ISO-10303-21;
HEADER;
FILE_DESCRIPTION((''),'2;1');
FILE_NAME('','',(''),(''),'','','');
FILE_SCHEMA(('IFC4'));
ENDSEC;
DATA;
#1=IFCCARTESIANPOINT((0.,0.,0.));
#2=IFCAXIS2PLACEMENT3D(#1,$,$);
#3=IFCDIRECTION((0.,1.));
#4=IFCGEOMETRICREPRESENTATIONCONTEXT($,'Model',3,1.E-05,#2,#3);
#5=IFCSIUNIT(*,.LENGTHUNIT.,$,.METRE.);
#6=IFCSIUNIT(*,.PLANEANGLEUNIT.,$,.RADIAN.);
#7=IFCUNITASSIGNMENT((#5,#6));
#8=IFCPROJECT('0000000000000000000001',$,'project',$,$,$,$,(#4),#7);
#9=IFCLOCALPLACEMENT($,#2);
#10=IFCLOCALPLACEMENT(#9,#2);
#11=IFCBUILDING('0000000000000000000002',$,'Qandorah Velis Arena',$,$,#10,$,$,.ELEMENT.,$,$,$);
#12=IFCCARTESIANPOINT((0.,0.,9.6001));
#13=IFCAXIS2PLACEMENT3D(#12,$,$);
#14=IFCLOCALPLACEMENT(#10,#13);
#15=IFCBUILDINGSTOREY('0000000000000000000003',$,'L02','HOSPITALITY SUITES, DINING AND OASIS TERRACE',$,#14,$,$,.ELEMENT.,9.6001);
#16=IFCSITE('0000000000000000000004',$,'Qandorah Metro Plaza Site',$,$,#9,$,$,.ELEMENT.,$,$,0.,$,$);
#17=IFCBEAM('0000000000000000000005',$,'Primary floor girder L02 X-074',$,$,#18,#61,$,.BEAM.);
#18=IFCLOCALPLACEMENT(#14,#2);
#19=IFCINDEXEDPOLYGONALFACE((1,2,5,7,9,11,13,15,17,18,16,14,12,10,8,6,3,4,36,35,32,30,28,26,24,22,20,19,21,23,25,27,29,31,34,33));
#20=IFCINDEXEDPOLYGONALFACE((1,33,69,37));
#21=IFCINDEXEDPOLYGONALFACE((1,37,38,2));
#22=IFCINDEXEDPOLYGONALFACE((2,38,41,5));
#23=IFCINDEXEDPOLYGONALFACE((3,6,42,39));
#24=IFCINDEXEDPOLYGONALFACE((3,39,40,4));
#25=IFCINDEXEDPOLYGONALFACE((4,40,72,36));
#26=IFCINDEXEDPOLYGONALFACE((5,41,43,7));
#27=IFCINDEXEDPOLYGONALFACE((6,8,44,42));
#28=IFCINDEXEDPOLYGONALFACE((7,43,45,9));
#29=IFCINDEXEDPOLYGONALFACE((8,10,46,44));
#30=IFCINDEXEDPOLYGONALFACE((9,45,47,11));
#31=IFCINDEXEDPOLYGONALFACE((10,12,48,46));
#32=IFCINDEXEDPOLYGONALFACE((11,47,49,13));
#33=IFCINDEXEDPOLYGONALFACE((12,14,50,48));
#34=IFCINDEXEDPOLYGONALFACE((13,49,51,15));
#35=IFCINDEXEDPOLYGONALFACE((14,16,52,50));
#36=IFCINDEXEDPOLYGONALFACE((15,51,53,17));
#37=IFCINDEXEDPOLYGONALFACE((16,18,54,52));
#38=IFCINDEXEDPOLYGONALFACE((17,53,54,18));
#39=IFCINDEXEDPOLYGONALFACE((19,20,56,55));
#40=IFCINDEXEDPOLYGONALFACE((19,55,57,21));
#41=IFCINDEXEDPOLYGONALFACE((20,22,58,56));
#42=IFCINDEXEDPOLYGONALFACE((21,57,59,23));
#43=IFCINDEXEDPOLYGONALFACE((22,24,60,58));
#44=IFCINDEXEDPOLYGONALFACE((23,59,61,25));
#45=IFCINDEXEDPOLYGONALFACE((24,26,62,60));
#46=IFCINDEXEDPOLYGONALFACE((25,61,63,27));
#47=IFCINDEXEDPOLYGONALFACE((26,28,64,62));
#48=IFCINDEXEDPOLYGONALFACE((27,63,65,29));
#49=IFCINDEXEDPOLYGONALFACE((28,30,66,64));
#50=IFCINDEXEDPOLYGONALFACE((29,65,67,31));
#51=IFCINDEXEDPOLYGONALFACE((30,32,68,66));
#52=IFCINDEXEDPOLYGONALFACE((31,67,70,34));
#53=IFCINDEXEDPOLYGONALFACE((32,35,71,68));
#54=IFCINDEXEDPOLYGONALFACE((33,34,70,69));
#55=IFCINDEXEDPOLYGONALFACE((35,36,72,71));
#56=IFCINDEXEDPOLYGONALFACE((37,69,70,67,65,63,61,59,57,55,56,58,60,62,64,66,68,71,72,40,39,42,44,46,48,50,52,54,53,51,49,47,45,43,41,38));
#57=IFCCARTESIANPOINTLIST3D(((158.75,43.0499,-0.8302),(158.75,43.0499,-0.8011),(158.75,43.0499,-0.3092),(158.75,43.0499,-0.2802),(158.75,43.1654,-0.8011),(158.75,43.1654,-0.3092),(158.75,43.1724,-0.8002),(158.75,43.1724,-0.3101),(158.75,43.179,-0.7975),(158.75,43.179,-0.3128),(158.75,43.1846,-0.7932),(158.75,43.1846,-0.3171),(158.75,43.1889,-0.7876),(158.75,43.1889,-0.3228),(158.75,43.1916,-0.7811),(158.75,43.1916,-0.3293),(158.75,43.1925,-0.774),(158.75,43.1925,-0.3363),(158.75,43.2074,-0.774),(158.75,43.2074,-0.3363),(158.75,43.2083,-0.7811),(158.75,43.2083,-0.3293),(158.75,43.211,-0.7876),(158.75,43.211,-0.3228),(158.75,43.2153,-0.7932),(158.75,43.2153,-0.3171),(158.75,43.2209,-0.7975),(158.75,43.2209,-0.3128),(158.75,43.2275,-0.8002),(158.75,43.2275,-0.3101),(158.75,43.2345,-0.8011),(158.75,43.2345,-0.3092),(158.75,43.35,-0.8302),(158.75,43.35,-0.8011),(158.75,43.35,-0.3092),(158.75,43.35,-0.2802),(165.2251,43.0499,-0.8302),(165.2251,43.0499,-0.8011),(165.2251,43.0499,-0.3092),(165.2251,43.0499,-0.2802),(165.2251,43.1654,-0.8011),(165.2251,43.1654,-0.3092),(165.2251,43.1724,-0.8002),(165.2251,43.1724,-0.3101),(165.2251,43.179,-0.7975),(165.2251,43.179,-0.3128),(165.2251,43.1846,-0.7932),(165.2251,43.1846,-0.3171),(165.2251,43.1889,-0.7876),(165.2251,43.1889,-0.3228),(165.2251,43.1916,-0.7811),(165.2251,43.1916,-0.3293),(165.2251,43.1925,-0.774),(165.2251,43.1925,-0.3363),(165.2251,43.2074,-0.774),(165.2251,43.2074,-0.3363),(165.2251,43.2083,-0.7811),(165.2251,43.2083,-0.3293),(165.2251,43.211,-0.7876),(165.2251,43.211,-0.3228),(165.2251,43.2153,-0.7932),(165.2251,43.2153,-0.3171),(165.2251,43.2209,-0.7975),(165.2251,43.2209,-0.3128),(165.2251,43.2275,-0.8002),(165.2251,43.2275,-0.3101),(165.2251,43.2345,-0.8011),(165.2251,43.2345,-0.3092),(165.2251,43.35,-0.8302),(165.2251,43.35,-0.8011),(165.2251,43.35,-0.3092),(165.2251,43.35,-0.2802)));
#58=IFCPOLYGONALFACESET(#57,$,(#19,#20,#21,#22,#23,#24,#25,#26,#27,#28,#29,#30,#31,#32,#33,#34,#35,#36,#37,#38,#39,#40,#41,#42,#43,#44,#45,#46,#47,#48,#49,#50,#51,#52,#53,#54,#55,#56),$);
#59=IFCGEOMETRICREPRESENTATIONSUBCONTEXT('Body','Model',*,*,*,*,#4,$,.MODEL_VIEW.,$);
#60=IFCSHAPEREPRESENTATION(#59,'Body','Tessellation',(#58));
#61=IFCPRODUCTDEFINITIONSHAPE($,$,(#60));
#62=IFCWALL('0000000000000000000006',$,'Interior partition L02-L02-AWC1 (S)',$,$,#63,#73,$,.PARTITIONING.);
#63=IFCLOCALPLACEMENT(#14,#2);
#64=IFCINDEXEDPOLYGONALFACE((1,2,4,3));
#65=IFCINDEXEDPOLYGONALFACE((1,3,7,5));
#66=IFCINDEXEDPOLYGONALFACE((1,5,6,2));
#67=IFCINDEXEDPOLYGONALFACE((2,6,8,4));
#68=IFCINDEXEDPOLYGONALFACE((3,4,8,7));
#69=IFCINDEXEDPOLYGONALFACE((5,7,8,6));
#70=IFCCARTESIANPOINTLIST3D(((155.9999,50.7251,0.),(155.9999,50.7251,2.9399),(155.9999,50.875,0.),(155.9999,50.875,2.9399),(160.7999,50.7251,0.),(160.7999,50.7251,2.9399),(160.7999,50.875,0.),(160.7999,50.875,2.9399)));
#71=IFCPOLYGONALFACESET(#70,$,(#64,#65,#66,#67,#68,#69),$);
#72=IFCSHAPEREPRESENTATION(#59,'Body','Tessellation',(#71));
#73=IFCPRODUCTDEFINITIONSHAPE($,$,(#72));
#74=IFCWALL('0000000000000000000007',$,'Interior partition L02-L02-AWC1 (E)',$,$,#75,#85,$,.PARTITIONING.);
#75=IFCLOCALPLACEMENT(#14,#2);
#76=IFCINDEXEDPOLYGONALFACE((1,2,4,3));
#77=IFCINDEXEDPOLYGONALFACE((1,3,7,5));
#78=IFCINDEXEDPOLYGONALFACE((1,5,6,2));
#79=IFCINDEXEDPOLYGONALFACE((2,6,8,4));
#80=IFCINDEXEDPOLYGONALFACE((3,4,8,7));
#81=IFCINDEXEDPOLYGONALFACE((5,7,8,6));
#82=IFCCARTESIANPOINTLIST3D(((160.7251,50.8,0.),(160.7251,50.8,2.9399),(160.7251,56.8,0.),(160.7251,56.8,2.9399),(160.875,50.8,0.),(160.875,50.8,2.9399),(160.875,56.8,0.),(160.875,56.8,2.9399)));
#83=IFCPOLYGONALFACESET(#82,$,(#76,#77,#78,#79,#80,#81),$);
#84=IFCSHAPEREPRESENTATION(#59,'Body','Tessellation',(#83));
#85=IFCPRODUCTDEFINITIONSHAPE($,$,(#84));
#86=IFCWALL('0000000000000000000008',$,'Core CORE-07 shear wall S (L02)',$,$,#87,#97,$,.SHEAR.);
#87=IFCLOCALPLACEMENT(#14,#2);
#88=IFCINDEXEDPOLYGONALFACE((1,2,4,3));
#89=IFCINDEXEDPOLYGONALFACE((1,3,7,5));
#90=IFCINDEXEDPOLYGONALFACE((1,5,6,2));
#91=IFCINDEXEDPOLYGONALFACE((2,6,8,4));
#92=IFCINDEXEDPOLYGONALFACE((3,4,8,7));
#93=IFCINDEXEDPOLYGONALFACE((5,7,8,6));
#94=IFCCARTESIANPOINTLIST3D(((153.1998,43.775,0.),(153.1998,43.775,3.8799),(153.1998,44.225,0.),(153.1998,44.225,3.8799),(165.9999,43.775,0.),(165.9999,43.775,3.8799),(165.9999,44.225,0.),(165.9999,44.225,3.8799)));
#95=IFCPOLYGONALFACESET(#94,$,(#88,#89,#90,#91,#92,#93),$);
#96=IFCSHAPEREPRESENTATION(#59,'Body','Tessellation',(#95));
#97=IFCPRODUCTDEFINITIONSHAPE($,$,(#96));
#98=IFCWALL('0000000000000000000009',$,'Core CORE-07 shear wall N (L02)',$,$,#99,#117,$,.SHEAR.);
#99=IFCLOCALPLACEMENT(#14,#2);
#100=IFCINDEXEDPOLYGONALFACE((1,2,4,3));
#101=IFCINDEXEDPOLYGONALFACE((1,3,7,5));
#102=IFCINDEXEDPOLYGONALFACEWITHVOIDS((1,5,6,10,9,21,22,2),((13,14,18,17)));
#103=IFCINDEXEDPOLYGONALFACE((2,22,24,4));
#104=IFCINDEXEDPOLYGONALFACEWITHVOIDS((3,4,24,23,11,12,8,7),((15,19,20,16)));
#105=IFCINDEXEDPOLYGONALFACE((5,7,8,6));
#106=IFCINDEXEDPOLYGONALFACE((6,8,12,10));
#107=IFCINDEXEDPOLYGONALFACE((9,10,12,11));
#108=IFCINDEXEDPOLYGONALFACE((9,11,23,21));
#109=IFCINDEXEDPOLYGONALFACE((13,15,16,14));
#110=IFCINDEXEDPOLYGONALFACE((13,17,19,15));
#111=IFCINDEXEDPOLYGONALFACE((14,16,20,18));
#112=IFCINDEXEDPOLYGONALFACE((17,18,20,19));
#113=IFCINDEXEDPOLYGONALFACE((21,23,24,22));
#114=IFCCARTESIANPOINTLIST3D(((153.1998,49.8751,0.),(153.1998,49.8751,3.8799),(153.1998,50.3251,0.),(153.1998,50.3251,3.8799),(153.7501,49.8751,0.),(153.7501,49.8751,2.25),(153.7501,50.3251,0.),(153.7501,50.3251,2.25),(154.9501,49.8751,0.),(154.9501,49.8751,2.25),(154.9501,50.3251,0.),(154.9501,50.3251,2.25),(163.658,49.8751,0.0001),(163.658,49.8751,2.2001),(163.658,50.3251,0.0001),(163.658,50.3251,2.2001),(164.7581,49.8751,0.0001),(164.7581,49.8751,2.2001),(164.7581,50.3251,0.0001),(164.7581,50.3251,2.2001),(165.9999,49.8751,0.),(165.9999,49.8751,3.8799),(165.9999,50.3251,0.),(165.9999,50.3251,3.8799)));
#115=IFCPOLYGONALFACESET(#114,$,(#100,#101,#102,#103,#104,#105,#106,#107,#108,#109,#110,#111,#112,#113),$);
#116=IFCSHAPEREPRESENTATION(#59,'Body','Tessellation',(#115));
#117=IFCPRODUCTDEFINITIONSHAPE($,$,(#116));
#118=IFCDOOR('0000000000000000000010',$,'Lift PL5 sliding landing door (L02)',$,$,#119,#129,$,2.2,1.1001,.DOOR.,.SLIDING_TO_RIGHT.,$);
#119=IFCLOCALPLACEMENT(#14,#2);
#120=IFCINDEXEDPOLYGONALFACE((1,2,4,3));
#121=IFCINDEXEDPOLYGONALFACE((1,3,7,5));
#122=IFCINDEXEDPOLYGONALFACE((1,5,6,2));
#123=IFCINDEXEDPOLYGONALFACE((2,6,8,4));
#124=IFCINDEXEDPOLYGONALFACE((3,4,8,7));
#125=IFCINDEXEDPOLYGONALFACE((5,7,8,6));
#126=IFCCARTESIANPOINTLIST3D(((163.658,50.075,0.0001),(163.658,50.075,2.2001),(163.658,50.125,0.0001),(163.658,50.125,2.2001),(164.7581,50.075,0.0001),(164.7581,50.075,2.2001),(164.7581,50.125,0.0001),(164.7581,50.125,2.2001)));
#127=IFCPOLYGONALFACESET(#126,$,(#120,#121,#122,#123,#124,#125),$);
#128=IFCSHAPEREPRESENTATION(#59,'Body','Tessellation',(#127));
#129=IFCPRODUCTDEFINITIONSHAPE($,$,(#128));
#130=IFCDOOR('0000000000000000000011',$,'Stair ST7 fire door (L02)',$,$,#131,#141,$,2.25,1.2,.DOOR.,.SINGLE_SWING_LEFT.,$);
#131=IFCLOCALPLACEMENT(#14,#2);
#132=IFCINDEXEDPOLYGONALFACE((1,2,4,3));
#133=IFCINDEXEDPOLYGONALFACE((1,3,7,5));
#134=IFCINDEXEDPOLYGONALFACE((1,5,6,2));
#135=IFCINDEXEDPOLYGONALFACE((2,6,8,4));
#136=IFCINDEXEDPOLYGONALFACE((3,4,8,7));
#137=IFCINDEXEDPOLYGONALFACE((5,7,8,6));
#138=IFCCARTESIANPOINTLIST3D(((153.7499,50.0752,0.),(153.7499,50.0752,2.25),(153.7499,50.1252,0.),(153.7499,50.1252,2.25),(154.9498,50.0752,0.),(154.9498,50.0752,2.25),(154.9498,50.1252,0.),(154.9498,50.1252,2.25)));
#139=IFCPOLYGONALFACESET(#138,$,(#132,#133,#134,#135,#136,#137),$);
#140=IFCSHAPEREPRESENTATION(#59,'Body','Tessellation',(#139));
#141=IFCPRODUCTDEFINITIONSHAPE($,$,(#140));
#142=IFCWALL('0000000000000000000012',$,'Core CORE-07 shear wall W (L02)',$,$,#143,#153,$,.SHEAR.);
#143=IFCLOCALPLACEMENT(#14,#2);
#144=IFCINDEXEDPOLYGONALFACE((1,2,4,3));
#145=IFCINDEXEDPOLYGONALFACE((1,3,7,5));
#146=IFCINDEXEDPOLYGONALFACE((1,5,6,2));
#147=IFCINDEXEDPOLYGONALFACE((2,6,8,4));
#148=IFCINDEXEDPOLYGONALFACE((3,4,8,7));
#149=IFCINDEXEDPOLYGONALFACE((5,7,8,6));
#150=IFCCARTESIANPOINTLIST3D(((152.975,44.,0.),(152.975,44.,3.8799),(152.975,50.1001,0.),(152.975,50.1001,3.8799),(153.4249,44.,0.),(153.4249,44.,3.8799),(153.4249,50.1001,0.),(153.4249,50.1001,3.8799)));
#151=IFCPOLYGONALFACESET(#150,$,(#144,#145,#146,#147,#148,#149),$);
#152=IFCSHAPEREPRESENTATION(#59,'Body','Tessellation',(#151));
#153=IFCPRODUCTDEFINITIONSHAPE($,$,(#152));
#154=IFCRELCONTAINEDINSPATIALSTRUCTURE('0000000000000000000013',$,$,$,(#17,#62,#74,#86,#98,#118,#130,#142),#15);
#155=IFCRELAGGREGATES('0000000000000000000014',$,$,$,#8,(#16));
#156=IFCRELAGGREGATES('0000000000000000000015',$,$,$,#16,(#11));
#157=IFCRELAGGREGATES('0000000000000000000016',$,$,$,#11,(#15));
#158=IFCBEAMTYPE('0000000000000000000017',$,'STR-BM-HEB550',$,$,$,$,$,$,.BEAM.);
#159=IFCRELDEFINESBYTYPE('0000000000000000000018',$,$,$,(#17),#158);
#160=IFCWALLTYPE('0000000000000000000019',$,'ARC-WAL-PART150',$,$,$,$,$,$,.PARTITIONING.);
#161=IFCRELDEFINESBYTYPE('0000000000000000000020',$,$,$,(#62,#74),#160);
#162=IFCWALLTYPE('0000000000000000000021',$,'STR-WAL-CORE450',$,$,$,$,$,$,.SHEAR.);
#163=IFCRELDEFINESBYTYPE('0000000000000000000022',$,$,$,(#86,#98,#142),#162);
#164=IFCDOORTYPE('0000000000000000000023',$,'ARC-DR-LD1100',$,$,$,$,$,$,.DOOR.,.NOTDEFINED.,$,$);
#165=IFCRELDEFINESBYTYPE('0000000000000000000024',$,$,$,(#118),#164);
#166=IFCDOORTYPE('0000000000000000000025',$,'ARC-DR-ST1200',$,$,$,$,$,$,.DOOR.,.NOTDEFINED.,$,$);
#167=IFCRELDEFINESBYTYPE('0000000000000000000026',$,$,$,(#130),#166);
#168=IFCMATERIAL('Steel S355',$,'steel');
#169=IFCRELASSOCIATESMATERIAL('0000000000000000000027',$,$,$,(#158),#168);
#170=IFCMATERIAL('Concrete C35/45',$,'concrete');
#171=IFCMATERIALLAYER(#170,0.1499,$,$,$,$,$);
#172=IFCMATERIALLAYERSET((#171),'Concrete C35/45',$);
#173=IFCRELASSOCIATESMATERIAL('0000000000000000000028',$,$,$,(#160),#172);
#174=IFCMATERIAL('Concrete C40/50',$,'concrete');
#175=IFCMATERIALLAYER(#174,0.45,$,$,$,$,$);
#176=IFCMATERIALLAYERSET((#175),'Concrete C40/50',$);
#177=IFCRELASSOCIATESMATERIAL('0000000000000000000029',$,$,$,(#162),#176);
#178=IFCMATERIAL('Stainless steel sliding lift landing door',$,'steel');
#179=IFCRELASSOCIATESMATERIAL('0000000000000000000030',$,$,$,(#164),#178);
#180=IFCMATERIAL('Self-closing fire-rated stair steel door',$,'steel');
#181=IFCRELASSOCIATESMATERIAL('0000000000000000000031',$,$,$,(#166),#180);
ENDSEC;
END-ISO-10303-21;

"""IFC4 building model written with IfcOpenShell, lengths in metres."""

from ifc_helpers import new_model, si_unit, direction, frame, frame_2d, origin, origin_2d, place, context, subcontext, project, spatial, rectangle, i_section, extrude, material, layer, layer_set, material_profile, profile_set, type_object, element, fill, save


model = new_model("IFC4")

# Units and contexts
model_context = context("Model", 3, precision=1e-05, world=origin(), true_north=direction((0.0, 1.0)))
body_context = subcontext(model_context, "Body", "Model", "MODEL_VIEW")
ifc_project = project(units=[si_unit("LENGTHUNIT", "METRE"), si_unit("PLANEANGLEUNIT", "RADIAN")], contexts=[model_context])

# Site, building, storey
site_placement = place(None, origin())
site = spatial("IfcSite", under=ifc_project, at=site_placement, Name="Qandorah Metro Plaza Site", CompositionType="ELEMENT", RefElevation=0.0)
building_placement = place(site_placement, origin())
building = spatial("IfcBuilding", under=site, at=building_placement, Name="Qandorah Velis Arena", CompositionType="ELEMENT")
storey_placement = place(building_placement, frame((0.0, 0.0, 9.6001)))
storey = spatial("IfcBuildingStorey", under=building, at=storey_placement, Name="L02", Description="HOSPITALITY SUITES, DINING AND OASIS TERRACE", CompositionType="ELEMENT", Elevation=9.6001)

# Shared definitions
ifc_material_1 = material(Name="Concrete C40/50", Category="concrete")

# Beam
ifc_material_2 = material(Name="Steel S355", Category="steel")
ifc_material_profile_1 = material_profile(ifc_material_2, i_section(OverallWidth=0.3, OverallDepth=0.55, WebThickness=0.0149, FlangeThickness=0.0291, FilletRadius=0.0271, at=origin_2d()), Name="HEB 550")
ifc_profile_set_1 = profile_set([ifc_material_profile_1], Name="Steel S355")
beam_type_1 = type_object("IfcBeamType", Name="STR-BM-HEB550", PredefinedType="BEAM", material=ifc_profile_set_1)
for number, where, z_axis, x_axis, name in (
    (1, (158.75, 43.2, -0.5552), (1.0, 0.0, 0.0), (0.0, 1.0, 0.0), "Primary floor girder L02 X-074"),
):
    element("IfcBeam", number, at=place(storey_placement, frame(where, z_axis=z_axis, x_axis=x_axis)), inside=storey, type_object=beam_type_1, Name=name, PredefinedType="BEAM", context=body_context, shape_type="SweptSolid", body=[
        extrude(i_section(OverallWidth=0.3, OverallDepth=0.55, WebThickness=0.0149, FlangeThickness=0.0291, FilletRadius=0.0271, at=origin_2d()), origin(), (0.0, 0.0, 1.0), 6.4751),
    ])

# Walls
ifc_material_3 = material(Name="Concrete C35/45", Category="concrete")
ifc_layer_1 = layer(ifc_material_3, 0.1499)
ifc_layer_set_1 = layer_set([ifc_layer_1], Name="Concrete C35/45")
wall_type_1 = type_object("IfcWallType", Name="ARC-WAL-PART150", PredefinedType="PARTITIONING", material=ifc_layer_set_1)
wall_1_placement = place(storey_placement, frame((156.0, 50.8, 0.0), z_axis=(0.0, 0.0, 1.0), x_axis=(1.0, 0.0, 0.0)))
element("IfcWall", 2, at=wall_1_placement, inside=storey, type_object=wall_type_1, Name="Interior partition L02-L02-AWC1 (S)", PredefinedType="PARTITIONING", context=body_context, shape_type="SweptSolid", body=[
    extrude(rectangle(XDim=4.8, YDim=0.1499, at=frame_2d((2.3999, 0.0))), origin(), (0.0, 0.0, 1.0), 2.9399),
])
wall_2_placement = place(storey_placement, frame((160.8, 50.8, 0.0), z_axis=(0.0, 0.0, 1.0), x_axis=(0.0, 1.0, 0.0)))
element("IfcWall", 3, at=wall_2_placement, inside=storey, type_object=wall_type_1, Name="Interior partition L02-L02-AWC1 (E)", PredefinedType="PARTITIONING", context=body_context, shape_type="SweptSolid", body=[
    extrude(rectangle(XDim=6.0, YDim=0.1499, at=frame_2d((3.0, 0.0))), origin(), (0.0, 0.0, 1.0), 2.9399),
])
ifc_layer_2 = layer(ifc_material_1, 0.45)
ifc_layer_set_2 = layer_set([ifc_layer_2], Name="Concrete C40/50")
wall_type_2 = type_object("IfcWallType", Name="STR-WAL-CORE450", PredefinedType="SHEAR", material=ifc_layer_set_2)
wall_3_placement = place(storey_placement, frame((153.2, 44.0, 0.0), z_axis=(0.0, 0.0, 1.0), x_axis=(1.0, 0.0, 0.0)))
element("IfcWall", 4, at=wall_3_placement, inside=storey, type_object=wall_type_2, Name="Core CORE-07 shear wall S (L02)", PredefinedType="SHEAR", context=body_context, shape_type="SweptSolid", body=[
    extrude(rectangle(XDim=12.8, YDim=0.45, at=frame_2d((6.3999, 0.0))), origin(), (0.0, 0.0, 1.0), 3.8799),
])

# Wall, openings, doors
wall_4_placement = place(storey_placement, frame((153.2, 50.1001, 0.0), z_axis=(0.0, 0.0, 1.0), x_axis=(1.0, 0.0, 0.0)))
wall_4 = element("IfcWall", 5, at=wall_4_placement, inside=storey, type_object=wall_type_2, Name="Core CORE-07 shear wall N (L02)", PredefinedType="SHEAR", context=body_context, shape_type="SweptSolid", body=[
    extrude(rectangle(XDim=12.8, YDim=0.45, at=frame_2d((6.3999, 0.0))), origin(), (0.0, 0.0, 1.0), 3.8799),
])
opening_1_placement = place(wall_4_placement, frame((0.55, 0.0, 0.0)))
opening_1 = element("IfcOpeningElement", 6, at=opening_1_placement, cuts=wall_4, PredefinedType="OPENING", context=body_context, shape_type="SweptSolid", body=[
    extrude(rectangle(XDim=1.2, YDim=2.25, at=frame_2d((0.6001, 1.125))), frame((0.0, 0.2349, 0.0), z_axis=(0.0, -1.0, 0.0), x_axis=(1.0, 0.0, 0.0)), (0.0, 0.0, 1.0), 0.47),
])
opening_2_placement = place(wall_4_placement, frame((10.458, 0.0, 0.0)))
opening_2 = element("IfcOpeningElement", 7, at=opening_2_placement, cuts=wall_4, PredefinedType="OPENING", context=body_context, shape_type="SweptSolid", body=[
    extrude(rectangle(XDim=1.1001, YDim=2.2, at=frame_2d((0.55, 1.1001))), frame((0.0, 0.2349, 0.0), z_axis=(0.0, -1.0, 0.0), x_axis=(1.0, 0.0, 0.0)), (0.0, 0.0, 1.0), 0.47),
])
ifc_material_4 = material(Name="Stainless steel sliding lift landing door", Category="steel")
door_type_1 = type_object("IfcDoorType", Name="ARC-DR-LD1100", OperationType="NOTDEFINED", PredefinedType="DOOR", material=ifc_material_4)
door_1_placement = place(opening_2_placement, origin())
door_1 = element("IfcDoor", 8, at=door_1_placement, inside=storey, type_object=door_type_1, Name="Lift PL5 sliding landing door (L02)", OperationType="SLIDING_TO_RIGHT", OverallHeight=2.2, OverallWidth=1.1001, PredefinedType="DOOR", context=body_context, shape_type="SweptSolid", body=[
    extrude(rectangle(XDim=1.1001, YDim=2.2, at=frame_2d((0.55, 1.1001))), frame((0.0, 0.0249, 0.0), z_axis=(0.0, -1.0, 0.0), x_axis=(1.0, 0.0, 0.0)), (0.0, 0.0, 1.0), 0.05),
])
fill(opening_2, door_1)
ifc_material_5 = material(Name="Self-closing fire-rated stair steel door", Category="steel")
door_type_2 = type_object("IfcDoorType", Name="ARC-DR-ST1200", OperationType="NOTDEFINED", PredefinedType="DOOR", material=ifc_material_5)
door_2_placement = place(opening_1_placement, frame((1.2, 0.0, 0.0), z_axis=(0.0, 0.0, 1.0), x_axis=(-1.0, 0.0, 0.0)))
door_2 = element("IfcDoor", 9, at=door_2_placement, inside=storey, type_object=door_type_2, Name="Stair ST7 fire door (L02)", OperationType="SINGLE_SWING_LEFT", OverallHeight=2.25, OverallWidth=1.2, PredefinedType="DOOR", context=body_context, shape_type="SweptSolid", body=[
    extrude(rectangle(XDim=1.2, YDim=2.25, at=frame_2d((0.6001, 1.125))), frame((0.0, 0.0249, 0.0), z_axis=(0.0, -1.0, 0.0), x_axis=(1.0, 0.0, 0.0)), (0.0, 0.0, 1.0), 0.05),
])
fill(opening_1, door_2)

# Wall
wall_5_placement = place(storey_placement, frame((153.2, 44.0, 0.0), z_axis=(0.0, 0.0, 1.0), x_axis=(0.0, 1.0, 0.0)))
element("IfcWall", 10, at=wall_5_placement, inside=storey, type_object=wall_type_2, Name="Core CORE-07 shear wall W (L02)", PredefinedType="SHEAR", context=body_context, shape_type="SweptSolid", body=[
    extrude(rectangle(XDim=6.1001, YDim=0.45, at=frame_2d((3.05, 0.0))), origin(), (0.0, 0.0, 1.0), 3.8799),
])

save(model, "model.ifc")
